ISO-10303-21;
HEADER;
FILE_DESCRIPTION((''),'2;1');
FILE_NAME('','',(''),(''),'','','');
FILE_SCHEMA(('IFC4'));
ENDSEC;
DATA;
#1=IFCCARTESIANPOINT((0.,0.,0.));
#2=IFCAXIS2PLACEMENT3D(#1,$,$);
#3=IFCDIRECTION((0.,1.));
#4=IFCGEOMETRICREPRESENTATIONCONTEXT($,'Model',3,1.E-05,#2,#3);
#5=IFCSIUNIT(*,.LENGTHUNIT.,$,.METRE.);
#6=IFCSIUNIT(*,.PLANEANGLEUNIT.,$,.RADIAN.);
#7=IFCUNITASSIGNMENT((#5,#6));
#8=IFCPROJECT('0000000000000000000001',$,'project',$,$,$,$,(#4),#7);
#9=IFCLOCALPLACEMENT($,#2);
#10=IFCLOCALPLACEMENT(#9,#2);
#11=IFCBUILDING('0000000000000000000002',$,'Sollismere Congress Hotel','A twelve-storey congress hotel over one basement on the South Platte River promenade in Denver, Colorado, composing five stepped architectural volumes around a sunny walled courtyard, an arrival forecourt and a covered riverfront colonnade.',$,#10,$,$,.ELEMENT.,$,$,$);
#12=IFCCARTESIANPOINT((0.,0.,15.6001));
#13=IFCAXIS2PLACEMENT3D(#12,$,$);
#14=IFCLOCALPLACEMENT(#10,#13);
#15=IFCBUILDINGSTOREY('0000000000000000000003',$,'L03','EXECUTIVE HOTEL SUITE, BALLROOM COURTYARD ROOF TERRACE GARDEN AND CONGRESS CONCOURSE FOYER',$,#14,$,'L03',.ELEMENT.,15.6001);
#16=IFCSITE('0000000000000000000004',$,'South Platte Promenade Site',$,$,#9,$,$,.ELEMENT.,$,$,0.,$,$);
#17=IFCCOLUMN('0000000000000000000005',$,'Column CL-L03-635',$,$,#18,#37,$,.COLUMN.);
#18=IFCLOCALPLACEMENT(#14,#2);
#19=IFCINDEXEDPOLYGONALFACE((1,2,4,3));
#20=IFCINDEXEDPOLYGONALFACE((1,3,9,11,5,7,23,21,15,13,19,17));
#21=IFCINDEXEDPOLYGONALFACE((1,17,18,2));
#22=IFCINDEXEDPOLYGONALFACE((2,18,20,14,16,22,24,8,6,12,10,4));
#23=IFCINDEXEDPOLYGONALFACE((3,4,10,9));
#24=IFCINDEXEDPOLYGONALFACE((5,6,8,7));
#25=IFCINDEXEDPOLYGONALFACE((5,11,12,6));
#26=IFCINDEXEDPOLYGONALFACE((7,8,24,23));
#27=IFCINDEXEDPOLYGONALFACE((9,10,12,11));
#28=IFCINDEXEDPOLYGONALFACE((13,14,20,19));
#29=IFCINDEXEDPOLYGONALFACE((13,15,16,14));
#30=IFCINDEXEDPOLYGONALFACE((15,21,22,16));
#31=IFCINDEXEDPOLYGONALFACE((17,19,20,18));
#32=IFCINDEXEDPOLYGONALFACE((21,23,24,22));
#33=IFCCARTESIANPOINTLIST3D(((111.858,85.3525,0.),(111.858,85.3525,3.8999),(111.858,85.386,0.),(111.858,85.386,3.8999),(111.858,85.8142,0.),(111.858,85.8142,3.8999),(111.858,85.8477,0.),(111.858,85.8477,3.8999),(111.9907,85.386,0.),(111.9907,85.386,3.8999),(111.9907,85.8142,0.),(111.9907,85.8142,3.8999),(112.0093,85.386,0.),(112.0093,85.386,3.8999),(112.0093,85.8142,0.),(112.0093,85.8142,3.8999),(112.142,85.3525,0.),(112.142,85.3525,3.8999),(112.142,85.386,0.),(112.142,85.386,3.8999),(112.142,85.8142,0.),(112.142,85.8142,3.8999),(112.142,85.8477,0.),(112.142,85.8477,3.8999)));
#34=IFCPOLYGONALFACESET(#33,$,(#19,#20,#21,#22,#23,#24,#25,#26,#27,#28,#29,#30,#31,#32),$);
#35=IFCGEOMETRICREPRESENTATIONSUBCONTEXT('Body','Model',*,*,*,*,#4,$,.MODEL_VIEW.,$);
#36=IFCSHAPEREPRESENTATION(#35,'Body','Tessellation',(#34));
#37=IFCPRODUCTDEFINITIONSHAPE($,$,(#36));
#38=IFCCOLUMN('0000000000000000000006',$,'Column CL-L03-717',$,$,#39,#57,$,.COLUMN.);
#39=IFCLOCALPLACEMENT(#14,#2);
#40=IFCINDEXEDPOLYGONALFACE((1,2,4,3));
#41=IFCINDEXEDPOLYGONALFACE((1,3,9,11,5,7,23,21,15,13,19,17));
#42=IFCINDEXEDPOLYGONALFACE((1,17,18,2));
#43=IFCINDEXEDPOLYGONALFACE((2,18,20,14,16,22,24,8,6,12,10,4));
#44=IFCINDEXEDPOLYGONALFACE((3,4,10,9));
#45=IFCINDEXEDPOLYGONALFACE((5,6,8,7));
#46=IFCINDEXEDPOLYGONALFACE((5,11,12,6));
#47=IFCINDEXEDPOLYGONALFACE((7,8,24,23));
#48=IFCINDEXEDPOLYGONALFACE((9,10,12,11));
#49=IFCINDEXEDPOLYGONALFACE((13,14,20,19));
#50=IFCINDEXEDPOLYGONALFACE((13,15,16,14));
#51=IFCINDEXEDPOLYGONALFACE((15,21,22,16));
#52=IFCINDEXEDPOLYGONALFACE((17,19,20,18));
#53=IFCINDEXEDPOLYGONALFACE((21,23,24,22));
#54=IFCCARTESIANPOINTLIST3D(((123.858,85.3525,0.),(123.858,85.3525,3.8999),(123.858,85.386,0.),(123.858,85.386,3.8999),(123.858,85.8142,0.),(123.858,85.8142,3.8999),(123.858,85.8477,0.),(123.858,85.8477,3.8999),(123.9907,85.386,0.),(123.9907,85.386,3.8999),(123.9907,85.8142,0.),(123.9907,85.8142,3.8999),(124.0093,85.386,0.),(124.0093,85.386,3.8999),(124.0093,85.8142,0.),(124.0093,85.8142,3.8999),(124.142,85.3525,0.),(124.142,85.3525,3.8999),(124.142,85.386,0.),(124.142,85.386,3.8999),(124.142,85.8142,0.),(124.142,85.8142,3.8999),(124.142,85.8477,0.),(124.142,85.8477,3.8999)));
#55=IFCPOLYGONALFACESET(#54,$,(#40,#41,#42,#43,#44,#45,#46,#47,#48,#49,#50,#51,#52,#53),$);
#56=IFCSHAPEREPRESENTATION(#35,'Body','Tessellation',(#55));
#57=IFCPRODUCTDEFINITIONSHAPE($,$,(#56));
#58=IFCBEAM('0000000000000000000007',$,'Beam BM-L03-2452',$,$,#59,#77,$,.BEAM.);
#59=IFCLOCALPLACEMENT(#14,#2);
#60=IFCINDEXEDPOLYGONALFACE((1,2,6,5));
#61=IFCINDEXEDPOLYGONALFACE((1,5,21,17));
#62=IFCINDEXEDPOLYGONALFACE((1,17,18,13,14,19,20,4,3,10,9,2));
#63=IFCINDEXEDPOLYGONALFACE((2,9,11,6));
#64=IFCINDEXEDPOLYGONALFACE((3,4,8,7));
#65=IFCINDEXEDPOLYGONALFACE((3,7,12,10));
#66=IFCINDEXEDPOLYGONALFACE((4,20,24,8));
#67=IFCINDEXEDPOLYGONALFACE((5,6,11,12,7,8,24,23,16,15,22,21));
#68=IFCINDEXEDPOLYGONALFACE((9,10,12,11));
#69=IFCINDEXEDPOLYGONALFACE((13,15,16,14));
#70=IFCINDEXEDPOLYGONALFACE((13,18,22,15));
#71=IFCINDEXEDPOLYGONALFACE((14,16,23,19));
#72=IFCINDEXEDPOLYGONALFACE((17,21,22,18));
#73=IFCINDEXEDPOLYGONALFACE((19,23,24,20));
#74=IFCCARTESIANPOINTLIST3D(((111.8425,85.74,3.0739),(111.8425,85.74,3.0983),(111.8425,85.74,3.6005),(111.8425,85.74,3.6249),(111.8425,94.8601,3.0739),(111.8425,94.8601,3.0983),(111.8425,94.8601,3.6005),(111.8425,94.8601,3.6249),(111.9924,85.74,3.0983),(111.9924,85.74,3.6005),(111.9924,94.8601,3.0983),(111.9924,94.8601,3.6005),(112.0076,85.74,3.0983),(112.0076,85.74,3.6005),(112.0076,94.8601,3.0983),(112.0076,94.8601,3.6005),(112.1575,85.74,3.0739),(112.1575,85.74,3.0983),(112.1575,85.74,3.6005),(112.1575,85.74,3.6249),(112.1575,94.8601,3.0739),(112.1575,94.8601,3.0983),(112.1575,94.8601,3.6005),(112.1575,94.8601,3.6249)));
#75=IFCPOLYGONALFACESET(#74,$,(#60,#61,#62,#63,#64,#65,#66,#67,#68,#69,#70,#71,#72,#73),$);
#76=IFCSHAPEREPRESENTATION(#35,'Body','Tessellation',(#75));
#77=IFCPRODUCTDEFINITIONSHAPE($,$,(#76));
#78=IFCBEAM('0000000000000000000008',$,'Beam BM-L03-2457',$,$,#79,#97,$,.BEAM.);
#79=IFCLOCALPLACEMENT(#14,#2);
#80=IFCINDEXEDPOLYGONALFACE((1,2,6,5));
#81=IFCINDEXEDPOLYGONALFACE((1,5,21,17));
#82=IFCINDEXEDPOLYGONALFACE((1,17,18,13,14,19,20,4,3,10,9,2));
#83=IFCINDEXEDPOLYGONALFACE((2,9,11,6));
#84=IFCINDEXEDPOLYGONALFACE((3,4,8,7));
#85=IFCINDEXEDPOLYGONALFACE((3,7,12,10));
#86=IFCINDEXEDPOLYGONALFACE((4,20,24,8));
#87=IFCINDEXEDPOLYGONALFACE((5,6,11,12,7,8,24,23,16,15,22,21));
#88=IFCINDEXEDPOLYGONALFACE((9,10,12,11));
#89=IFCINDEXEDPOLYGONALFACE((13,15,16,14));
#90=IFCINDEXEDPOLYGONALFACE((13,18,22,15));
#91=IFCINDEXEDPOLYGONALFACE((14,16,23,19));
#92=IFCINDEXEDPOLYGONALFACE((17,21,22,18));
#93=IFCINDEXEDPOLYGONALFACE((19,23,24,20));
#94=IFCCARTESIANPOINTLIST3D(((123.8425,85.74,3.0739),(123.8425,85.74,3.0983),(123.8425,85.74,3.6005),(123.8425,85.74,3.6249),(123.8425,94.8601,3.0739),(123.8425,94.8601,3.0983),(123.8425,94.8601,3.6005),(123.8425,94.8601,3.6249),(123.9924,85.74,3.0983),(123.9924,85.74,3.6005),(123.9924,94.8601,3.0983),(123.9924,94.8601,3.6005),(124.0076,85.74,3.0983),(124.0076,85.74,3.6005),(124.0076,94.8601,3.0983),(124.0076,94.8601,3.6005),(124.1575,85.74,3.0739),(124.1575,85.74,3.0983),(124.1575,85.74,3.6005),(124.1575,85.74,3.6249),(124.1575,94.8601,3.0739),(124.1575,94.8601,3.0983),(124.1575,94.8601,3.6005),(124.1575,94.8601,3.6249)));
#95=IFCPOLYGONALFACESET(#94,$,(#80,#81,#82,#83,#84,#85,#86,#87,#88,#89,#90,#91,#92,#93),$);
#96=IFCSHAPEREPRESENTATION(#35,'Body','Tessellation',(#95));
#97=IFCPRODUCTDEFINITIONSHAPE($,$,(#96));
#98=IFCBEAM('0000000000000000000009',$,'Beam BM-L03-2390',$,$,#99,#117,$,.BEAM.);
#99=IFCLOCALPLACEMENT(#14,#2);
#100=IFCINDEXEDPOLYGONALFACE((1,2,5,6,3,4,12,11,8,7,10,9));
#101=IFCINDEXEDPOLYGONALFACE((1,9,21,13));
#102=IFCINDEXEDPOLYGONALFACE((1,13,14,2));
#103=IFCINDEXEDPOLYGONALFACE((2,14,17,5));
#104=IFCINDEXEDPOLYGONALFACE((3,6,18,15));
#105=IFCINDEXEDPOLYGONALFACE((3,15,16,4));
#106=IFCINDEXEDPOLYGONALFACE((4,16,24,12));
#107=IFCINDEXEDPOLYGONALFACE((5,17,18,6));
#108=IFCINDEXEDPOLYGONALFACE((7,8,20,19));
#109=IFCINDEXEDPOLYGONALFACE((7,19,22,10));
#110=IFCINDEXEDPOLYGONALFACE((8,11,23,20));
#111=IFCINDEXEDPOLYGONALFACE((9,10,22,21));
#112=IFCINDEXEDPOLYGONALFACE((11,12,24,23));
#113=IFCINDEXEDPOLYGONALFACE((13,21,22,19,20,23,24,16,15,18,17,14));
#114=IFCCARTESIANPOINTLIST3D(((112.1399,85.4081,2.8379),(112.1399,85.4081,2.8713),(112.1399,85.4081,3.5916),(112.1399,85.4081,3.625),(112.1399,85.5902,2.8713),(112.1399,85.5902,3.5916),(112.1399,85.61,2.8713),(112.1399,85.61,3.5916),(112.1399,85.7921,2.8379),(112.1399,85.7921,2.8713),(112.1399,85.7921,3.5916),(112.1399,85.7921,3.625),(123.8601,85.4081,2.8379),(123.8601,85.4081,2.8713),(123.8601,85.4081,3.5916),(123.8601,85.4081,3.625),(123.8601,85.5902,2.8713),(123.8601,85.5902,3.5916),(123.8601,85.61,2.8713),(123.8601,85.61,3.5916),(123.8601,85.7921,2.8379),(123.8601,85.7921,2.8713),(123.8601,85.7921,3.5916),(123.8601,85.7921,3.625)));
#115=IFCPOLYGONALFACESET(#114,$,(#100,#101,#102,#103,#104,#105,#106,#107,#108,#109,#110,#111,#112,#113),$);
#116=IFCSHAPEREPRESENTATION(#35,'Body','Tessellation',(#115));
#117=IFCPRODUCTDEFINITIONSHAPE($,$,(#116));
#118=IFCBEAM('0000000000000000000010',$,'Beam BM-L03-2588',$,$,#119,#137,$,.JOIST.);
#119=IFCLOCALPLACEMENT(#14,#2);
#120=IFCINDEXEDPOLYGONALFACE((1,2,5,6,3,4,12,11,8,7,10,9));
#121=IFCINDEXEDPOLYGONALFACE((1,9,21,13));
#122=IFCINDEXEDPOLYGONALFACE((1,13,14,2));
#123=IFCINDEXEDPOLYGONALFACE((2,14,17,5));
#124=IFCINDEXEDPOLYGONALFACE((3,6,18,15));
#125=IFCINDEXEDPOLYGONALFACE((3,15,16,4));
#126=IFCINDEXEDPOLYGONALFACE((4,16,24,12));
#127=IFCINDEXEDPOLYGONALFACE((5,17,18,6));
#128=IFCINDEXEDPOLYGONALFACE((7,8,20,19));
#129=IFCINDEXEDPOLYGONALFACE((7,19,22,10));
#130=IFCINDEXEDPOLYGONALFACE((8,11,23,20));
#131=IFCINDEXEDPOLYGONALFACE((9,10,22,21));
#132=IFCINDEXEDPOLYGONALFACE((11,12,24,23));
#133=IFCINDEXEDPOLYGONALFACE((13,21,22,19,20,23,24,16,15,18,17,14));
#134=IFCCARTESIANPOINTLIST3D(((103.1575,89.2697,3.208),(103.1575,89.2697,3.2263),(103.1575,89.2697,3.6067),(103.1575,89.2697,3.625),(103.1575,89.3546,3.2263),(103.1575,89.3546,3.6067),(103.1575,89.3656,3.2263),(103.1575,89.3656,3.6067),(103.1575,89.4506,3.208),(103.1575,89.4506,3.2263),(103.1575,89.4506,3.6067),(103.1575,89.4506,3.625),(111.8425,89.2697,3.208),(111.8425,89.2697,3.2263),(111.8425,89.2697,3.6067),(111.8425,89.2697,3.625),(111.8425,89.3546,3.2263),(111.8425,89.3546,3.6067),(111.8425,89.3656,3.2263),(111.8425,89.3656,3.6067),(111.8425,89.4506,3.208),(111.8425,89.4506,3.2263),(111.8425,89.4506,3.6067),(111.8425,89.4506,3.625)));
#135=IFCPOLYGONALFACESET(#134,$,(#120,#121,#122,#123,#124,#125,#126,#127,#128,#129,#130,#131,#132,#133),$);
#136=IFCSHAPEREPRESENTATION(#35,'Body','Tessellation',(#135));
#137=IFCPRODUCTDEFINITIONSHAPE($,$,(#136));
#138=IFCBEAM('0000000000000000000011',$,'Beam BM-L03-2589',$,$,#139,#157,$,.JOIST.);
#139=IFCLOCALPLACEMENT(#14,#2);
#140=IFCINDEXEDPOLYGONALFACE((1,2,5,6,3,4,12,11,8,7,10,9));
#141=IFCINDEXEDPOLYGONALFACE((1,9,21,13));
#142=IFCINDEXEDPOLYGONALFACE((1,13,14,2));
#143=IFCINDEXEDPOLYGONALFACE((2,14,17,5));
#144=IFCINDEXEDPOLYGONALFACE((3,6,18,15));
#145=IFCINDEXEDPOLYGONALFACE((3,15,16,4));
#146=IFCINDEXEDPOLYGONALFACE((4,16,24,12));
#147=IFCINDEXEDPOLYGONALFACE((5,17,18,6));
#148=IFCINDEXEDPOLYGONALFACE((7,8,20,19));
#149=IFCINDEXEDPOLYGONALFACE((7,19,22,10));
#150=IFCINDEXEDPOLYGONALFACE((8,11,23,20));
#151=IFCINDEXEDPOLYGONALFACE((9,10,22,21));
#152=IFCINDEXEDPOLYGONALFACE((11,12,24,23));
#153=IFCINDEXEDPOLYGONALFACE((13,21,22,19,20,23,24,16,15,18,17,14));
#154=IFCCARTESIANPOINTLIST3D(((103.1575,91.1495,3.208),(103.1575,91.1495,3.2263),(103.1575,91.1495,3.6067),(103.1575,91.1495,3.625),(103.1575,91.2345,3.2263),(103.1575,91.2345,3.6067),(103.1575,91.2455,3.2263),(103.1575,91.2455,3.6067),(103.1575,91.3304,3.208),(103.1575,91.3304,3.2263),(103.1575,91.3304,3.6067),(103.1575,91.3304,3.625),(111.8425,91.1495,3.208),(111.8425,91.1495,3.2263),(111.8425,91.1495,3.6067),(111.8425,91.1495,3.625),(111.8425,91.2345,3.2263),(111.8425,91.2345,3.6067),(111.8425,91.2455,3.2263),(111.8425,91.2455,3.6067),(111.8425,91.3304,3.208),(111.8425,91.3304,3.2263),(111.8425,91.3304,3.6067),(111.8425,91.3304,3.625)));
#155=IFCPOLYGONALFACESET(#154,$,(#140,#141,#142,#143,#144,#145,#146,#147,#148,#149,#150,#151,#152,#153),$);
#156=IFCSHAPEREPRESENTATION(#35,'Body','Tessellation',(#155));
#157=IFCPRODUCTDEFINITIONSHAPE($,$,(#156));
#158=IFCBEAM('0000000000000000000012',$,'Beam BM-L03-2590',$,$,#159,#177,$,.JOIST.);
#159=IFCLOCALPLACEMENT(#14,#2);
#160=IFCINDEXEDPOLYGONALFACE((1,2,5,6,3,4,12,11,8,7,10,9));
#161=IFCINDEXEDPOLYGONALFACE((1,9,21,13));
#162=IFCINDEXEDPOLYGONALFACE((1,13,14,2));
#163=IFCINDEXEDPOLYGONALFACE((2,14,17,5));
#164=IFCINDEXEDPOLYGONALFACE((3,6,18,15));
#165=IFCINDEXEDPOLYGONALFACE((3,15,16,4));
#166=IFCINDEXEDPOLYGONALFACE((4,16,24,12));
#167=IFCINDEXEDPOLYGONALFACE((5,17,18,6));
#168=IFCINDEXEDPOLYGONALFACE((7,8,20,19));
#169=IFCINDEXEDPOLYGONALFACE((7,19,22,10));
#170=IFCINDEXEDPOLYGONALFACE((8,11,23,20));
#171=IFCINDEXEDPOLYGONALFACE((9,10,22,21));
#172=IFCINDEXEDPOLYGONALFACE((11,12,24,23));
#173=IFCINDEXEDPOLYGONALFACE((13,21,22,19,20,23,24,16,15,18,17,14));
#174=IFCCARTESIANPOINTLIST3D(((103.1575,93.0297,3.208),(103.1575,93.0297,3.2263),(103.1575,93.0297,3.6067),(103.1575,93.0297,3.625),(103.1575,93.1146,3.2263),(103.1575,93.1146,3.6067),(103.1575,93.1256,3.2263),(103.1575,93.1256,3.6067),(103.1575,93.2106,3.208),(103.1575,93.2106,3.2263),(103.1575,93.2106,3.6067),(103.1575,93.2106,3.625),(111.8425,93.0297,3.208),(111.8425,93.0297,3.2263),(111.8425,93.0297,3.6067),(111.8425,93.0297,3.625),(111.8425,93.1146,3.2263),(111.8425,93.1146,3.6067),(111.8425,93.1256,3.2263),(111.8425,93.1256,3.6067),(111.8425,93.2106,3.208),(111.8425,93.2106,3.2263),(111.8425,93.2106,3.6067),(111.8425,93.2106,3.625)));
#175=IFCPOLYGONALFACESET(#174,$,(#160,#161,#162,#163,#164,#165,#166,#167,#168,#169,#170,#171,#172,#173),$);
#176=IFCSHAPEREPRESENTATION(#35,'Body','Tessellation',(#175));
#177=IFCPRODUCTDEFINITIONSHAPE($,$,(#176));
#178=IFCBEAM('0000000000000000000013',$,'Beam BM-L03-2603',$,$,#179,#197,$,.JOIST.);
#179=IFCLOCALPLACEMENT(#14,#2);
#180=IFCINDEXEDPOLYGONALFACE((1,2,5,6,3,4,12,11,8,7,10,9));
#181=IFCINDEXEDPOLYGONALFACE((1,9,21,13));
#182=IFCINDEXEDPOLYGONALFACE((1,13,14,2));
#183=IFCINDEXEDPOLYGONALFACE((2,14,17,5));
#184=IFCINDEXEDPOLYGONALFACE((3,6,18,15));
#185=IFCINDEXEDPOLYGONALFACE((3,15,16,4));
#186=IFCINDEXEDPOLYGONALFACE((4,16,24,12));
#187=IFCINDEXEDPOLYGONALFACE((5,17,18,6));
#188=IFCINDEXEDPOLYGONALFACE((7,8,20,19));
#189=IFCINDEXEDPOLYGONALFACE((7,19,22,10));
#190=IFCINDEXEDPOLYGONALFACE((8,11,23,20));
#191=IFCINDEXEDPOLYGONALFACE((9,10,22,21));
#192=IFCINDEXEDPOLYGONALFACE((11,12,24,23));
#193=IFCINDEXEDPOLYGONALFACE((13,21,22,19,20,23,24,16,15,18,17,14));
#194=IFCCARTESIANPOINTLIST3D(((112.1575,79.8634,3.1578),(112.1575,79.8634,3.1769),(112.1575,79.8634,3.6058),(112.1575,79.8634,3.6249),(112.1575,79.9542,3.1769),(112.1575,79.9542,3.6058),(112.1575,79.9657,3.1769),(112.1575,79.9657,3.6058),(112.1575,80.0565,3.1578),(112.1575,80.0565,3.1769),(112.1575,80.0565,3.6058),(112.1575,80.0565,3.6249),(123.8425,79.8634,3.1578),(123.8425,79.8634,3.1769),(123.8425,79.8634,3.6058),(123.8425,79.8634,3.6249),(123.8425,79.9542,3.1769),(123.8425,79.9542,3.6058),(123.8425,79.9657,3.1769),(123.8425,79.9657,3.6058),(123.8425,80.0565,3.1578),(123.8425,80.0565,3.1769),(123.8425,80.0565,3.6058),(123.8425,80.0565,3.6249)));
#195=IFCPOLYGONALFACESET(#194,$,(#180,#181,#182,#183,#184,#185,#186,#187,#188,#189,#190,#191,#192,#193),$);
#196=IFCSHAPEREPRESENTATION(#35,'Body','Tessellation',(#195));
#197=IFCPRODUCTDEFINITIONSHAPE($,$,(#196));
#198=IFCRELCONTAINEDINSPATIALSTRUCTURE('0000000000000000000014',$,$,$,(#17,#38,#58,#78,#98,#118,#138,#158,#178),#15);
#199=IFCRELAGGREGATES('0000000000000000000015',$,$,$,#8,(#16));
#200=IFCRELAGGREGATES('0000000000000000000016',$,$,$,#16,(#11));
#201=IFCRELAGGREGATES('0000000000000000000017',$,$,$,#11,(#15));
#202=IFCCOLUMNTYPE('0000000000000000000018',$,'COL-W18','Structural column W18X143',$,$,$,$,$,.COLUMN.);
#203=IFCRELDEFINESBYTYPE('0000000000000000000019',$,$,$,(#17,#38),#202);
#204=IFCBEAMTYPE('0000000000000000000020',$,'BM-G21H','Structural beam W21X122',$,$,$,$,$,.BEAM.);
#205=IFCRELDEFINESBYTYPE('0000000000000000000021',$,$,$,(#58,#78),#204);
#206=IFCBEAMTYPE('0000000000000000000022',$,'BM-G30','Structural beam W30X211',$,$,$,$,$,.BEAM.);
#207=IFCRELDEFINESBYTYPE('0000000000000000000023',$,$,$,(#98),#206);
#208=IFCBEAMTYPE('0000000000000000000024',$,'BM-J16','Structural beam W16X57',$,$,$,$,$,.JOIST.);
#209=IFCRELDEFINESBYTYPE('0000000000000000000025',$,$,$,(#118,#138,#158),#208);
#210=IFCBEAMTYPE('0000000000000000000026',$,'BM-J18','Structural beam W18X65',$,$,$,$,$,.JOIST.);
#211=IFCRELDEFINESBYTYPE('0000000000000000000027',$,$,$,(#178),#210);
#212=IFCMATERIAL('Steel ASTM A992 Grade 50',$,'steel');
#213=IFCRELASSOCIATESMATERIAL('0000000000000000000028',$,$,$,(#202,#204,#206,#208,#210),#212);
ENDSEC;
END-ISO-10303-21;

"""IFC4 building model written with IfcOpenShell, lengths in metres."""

from ifc_helpers import new_model, si_unit, direction, frame, origin, origin_2d, place, context, subcontext, project, spatial, i_section, extrude, material, material_profile, profile_set, type_object, element, save


model = new_model("IFC4")

# Units and contexts
model_context = context("Model", 3, precision=1e-05, world=origin(), true_north=direction((0.0, 1.0)))
body_context = subcontext(model_context, "Body", "Model", "MODEL_VIEW")
ifc_project = project(units=[si_unit("LENGTHUNIT", "METRE"), si_unit("PLANEANGLEUNIT", "RADIAN")], contexts=[model_context])

# Site, building, storey
site_placement = place(None, origin())
site = spatial("IfcSite", under=ifc_project, at=site_placement, Name="South Platte Promenade Site", CompositionType="ELEMENT", RefElevation=0.0)
building_placement = place(site_placement, origin())
building = spatial("IfcBuilding", under=site, at=building_placement, Name="Sollismere Congress Hotel", Description="A twelve-storey congress hotel over one basement on the South Platte River promenade in Denver, Colorado, composing five stepped architectural volumes around a sunny walled courtyard, an arrival forecourt and a covered riverfront colonnade.", CompositionType="ELEMENT")
storey_placement = place(building_placement, frame((0.0, 0.0, 15.6001)))
storey = spatial("IfcBuildingStorey", under=building, at=storey_placement, Name="L03", Description="EXECUTIVE HOTEL SUITE, BALLROOM COURTYARD ROOF TERRACE GARDEN AND CONGRESS CONCOURSE FOYER", LongName="L03", CompositionType="ELEMENT", Elevation=15.6001)

# Columns
ifc_material_1 = material(Name="Steel ASTM A992 Grade 50", Category="steel")
ifc_material_profile_1 = material_profile(ifc_material_1, i_section(OverallWidth=0.2839, OverallDepth=0.4951, WebThickness=0.0186, FlangeThickness=0.0334, at=origin_2d()), Name="W18X143")
ifc_profile_set_1 = profile_set([ifc_material_profile_1], Name="Steel ASTM A992 Grade 50")
column_type = type_object("IfcColumnType", Name="COL-W18", Description="Structural column W18X143", PredefinedType="COLUMN", material=ifc_profile_set_1)
for number, where, z_axis, x_axis, name in (
    (1, (112.0, 85.6001, 0.0), (0.0, 0.0, 1.0), (1.0, 0.0, 0.0), "Column CL-L03-635"),
    (2, (124.0, 85.6001, 0.0), (0.0, 0.0, 1.0), (1.0, 0.0, 0.0), "Column CL-L03-717"),
):
    element("IfcColumn", number, at=place(storey_placement, frame(where, z_axis=z_axis, x_axis=x_axis)), inside=storey, type_object=column_type, Name=name, PredefinedType="COLUMN", context=body_context, shape_type="SweptSolid", body=[
        extrude(i_section(OverallWidth=0.2839, OverallDepth=0.4951, WebThickness=0.0186, FlangeThickness=0.0334, at=origin_2d()), origin(), (0.0, 0.0, 1.0), 3.8999),
    ])

# Beams
ifc_material_profile_2 = material_profile(ifc_material_1, i_section(OverallWidth=0.3149, OverallDepth=0.551, WebThickness=0.0151, FlangeThickness=0.0244, at=origin_2d()), Name="W21X122")
ifc_profile_set_2 = profile_set([ifc_material_profile_2], Name="Steel ASTM A992 Grade 50")
beam_type_1 = type_object("IfcBeamType", Name="BM-G21H", Description="Structural beam W21X122", PredefinedType="BEAM", material=ifc_profile_set_2)
for number, where, z_axis, x_axis, name in (
    (3, (112.0, 85.74, 3.3494), (0.0, 1.0, 0.0), (-1.0, 0.0, 0.0), "Beam BM-L03-2452"),
    (4, (124.0, 85.74, 3.3494), (0.0, 1.0, 0.0), (-1.0, 0.0, 0.0), "Beam BM-L03-2457"),
):
    element("IfcBeam", number, at=place(storey_placement, frame(where, z_axis=z_axis, x_axis=x_axis)), inside=storey, type_object=beam_type_1, Name=name, PredefinedType="BEAM", context=body_context, shape_type="SweptSolid", body=[
        extrude(i_section(OverallWidth=0.3149, OverallDepth=0.551, WebThickness=0.0151, FlangeThickness=0.0244, at=origin_2d()), origin(), (0.0, 0.0, 1.0), 9.1201),
    ])
ifc_material_profile_3 = material_profile(ifc_material_1, i_section(OverallWidth=0.384, OverallDepth=0.7871, WebThickness=0.0198, FlangeThickness=0.0334, at=origin_2d()), Name="W30X211")
ifc_profile_set_3 = profile_set([ifc_material_profile_3], Name="Steel ASTM A992 Grade 50")
beam_type_2 = type_object("IfcBeamType", Name="BM-G30", Description="Structural beam W30X211", PredefinedType="BEAM", material=ifc_profile_set_3)
beam_placement = place(storey_placement, frame((112.1399, 85.6001, 3.2314), z_axis=(1.0, 0.0, 0.0), x_axis=(0.0, 1.0, 0.0)))
element("IfcBeam", 5, at=beam_placement, inside=storey, type_object=beam_type_2, Name="Beam BM-L03-2390", PredefinedType="BEAM", context=body_context, shape_type="SweptSolid", body=[
    extrude(i_section(OverallWidth=0.384, OverallDepth=0.7871, WebThickness=0.0198, FlangeThickness=0.0334, at=origin_2d()), origin(), (0.0, 0.0, 1.0), 11.7202),
])
ifc_material_profile_4 = material_profile(ifc_material_1, i_section(OverallWidth=0.1809, OverallDepth=0.417, WebThickness=0.011, FlangeThickness=0.0183, at=origin_2d()), Name="W16X57")
ifc_profile_set_4 = profile_set([ifc_material_profile_4], Name="Steel ASTM A992 Grade 50")
beam_type_3 = type_object("IfcBeamType", Name="BM-J16", Description="Structural beam W16X57", PredefinedType="JOIST", material=ifc_profile_set_4)
for number, where, z_axis, x_axis, name in (
    (6, (103.1575, 89.3601, 3.4165), (1.0, 0.0, 0.0), (0.0, 1.0, 0.0), "Beam BM-L03-2588"),
    (7, (103.1575, 91.24, 3.4165), (1.0, 0.0, 0.0), (0.0, 1.0, 0.0), "Beam BM-L03-2589"),
    (8, (103.1575, 93.1201, 3.4165), (1.0, 0.0, 0.0), (0.0, 1.0, 0.0), "Beam BM-L03-2590"),
):
    element("IfcBeam", number, at=place(storey_placement, frame(where, z_axis=z_axis, x_axis=x_axis)), inside=storey, type_object=beam_type_3, Name=name, PredefinedType="JOIST", context=body_context, shape_type="SweptSolid", body=[
        extrude(i_section(OverallWidth=0.1809, OverallDepth=0.417, WebThickness=0.011, FlangeThickness=0.0183, at=origin_2d()), origin(), (0.0, 0.0, 1.0), 8.6851),
    ])
ifc_material_profile_5 = material_profile(ifc_material_1, i_section(OverallWidth=0.1931, OverallDepth=0.467, WebThickness=0.0115, FlangeThickness=0.019, at=origin_2d()), Name="W18X65")
ifc_profile_set_5 = profile_set([ifc_material_profile_5], Name="Steel ASTM A992 Grade 50")
beam_type_4 = type_object("IfcBeamType", Name="BM-J18", Description="Structural beam W18X65", PredefinedType="JOIST", material=ifc_profile_set_5)
for number, where, z_axis, x_axis, name in (
    (9, (112.1575, 79.96, 3.3914), (1.0, 0.0, 0.0), (0.0, 1.0, 0.0), "Beam BM-L03-2603"),
):
    element("IfcBeam", number, at=place(storey_placement, frame(where, z_axis=z_axis, x_axis=x_axis)), inside=storey, type_object=beam_type_4, Name=name, PredefinedType="JOIST", context=body_context, shape_type="SweptSolid", body=[
        extrude(i_section(OverallWidth=0.1931, OverallDepth=0.467, WebThickness=0.0115, FlangeThickness=0.019, at=origin_2d()), origin(), (0.0, 0.0, 1.0), 11.6851),
    ])

save(model, "model.ifc")
